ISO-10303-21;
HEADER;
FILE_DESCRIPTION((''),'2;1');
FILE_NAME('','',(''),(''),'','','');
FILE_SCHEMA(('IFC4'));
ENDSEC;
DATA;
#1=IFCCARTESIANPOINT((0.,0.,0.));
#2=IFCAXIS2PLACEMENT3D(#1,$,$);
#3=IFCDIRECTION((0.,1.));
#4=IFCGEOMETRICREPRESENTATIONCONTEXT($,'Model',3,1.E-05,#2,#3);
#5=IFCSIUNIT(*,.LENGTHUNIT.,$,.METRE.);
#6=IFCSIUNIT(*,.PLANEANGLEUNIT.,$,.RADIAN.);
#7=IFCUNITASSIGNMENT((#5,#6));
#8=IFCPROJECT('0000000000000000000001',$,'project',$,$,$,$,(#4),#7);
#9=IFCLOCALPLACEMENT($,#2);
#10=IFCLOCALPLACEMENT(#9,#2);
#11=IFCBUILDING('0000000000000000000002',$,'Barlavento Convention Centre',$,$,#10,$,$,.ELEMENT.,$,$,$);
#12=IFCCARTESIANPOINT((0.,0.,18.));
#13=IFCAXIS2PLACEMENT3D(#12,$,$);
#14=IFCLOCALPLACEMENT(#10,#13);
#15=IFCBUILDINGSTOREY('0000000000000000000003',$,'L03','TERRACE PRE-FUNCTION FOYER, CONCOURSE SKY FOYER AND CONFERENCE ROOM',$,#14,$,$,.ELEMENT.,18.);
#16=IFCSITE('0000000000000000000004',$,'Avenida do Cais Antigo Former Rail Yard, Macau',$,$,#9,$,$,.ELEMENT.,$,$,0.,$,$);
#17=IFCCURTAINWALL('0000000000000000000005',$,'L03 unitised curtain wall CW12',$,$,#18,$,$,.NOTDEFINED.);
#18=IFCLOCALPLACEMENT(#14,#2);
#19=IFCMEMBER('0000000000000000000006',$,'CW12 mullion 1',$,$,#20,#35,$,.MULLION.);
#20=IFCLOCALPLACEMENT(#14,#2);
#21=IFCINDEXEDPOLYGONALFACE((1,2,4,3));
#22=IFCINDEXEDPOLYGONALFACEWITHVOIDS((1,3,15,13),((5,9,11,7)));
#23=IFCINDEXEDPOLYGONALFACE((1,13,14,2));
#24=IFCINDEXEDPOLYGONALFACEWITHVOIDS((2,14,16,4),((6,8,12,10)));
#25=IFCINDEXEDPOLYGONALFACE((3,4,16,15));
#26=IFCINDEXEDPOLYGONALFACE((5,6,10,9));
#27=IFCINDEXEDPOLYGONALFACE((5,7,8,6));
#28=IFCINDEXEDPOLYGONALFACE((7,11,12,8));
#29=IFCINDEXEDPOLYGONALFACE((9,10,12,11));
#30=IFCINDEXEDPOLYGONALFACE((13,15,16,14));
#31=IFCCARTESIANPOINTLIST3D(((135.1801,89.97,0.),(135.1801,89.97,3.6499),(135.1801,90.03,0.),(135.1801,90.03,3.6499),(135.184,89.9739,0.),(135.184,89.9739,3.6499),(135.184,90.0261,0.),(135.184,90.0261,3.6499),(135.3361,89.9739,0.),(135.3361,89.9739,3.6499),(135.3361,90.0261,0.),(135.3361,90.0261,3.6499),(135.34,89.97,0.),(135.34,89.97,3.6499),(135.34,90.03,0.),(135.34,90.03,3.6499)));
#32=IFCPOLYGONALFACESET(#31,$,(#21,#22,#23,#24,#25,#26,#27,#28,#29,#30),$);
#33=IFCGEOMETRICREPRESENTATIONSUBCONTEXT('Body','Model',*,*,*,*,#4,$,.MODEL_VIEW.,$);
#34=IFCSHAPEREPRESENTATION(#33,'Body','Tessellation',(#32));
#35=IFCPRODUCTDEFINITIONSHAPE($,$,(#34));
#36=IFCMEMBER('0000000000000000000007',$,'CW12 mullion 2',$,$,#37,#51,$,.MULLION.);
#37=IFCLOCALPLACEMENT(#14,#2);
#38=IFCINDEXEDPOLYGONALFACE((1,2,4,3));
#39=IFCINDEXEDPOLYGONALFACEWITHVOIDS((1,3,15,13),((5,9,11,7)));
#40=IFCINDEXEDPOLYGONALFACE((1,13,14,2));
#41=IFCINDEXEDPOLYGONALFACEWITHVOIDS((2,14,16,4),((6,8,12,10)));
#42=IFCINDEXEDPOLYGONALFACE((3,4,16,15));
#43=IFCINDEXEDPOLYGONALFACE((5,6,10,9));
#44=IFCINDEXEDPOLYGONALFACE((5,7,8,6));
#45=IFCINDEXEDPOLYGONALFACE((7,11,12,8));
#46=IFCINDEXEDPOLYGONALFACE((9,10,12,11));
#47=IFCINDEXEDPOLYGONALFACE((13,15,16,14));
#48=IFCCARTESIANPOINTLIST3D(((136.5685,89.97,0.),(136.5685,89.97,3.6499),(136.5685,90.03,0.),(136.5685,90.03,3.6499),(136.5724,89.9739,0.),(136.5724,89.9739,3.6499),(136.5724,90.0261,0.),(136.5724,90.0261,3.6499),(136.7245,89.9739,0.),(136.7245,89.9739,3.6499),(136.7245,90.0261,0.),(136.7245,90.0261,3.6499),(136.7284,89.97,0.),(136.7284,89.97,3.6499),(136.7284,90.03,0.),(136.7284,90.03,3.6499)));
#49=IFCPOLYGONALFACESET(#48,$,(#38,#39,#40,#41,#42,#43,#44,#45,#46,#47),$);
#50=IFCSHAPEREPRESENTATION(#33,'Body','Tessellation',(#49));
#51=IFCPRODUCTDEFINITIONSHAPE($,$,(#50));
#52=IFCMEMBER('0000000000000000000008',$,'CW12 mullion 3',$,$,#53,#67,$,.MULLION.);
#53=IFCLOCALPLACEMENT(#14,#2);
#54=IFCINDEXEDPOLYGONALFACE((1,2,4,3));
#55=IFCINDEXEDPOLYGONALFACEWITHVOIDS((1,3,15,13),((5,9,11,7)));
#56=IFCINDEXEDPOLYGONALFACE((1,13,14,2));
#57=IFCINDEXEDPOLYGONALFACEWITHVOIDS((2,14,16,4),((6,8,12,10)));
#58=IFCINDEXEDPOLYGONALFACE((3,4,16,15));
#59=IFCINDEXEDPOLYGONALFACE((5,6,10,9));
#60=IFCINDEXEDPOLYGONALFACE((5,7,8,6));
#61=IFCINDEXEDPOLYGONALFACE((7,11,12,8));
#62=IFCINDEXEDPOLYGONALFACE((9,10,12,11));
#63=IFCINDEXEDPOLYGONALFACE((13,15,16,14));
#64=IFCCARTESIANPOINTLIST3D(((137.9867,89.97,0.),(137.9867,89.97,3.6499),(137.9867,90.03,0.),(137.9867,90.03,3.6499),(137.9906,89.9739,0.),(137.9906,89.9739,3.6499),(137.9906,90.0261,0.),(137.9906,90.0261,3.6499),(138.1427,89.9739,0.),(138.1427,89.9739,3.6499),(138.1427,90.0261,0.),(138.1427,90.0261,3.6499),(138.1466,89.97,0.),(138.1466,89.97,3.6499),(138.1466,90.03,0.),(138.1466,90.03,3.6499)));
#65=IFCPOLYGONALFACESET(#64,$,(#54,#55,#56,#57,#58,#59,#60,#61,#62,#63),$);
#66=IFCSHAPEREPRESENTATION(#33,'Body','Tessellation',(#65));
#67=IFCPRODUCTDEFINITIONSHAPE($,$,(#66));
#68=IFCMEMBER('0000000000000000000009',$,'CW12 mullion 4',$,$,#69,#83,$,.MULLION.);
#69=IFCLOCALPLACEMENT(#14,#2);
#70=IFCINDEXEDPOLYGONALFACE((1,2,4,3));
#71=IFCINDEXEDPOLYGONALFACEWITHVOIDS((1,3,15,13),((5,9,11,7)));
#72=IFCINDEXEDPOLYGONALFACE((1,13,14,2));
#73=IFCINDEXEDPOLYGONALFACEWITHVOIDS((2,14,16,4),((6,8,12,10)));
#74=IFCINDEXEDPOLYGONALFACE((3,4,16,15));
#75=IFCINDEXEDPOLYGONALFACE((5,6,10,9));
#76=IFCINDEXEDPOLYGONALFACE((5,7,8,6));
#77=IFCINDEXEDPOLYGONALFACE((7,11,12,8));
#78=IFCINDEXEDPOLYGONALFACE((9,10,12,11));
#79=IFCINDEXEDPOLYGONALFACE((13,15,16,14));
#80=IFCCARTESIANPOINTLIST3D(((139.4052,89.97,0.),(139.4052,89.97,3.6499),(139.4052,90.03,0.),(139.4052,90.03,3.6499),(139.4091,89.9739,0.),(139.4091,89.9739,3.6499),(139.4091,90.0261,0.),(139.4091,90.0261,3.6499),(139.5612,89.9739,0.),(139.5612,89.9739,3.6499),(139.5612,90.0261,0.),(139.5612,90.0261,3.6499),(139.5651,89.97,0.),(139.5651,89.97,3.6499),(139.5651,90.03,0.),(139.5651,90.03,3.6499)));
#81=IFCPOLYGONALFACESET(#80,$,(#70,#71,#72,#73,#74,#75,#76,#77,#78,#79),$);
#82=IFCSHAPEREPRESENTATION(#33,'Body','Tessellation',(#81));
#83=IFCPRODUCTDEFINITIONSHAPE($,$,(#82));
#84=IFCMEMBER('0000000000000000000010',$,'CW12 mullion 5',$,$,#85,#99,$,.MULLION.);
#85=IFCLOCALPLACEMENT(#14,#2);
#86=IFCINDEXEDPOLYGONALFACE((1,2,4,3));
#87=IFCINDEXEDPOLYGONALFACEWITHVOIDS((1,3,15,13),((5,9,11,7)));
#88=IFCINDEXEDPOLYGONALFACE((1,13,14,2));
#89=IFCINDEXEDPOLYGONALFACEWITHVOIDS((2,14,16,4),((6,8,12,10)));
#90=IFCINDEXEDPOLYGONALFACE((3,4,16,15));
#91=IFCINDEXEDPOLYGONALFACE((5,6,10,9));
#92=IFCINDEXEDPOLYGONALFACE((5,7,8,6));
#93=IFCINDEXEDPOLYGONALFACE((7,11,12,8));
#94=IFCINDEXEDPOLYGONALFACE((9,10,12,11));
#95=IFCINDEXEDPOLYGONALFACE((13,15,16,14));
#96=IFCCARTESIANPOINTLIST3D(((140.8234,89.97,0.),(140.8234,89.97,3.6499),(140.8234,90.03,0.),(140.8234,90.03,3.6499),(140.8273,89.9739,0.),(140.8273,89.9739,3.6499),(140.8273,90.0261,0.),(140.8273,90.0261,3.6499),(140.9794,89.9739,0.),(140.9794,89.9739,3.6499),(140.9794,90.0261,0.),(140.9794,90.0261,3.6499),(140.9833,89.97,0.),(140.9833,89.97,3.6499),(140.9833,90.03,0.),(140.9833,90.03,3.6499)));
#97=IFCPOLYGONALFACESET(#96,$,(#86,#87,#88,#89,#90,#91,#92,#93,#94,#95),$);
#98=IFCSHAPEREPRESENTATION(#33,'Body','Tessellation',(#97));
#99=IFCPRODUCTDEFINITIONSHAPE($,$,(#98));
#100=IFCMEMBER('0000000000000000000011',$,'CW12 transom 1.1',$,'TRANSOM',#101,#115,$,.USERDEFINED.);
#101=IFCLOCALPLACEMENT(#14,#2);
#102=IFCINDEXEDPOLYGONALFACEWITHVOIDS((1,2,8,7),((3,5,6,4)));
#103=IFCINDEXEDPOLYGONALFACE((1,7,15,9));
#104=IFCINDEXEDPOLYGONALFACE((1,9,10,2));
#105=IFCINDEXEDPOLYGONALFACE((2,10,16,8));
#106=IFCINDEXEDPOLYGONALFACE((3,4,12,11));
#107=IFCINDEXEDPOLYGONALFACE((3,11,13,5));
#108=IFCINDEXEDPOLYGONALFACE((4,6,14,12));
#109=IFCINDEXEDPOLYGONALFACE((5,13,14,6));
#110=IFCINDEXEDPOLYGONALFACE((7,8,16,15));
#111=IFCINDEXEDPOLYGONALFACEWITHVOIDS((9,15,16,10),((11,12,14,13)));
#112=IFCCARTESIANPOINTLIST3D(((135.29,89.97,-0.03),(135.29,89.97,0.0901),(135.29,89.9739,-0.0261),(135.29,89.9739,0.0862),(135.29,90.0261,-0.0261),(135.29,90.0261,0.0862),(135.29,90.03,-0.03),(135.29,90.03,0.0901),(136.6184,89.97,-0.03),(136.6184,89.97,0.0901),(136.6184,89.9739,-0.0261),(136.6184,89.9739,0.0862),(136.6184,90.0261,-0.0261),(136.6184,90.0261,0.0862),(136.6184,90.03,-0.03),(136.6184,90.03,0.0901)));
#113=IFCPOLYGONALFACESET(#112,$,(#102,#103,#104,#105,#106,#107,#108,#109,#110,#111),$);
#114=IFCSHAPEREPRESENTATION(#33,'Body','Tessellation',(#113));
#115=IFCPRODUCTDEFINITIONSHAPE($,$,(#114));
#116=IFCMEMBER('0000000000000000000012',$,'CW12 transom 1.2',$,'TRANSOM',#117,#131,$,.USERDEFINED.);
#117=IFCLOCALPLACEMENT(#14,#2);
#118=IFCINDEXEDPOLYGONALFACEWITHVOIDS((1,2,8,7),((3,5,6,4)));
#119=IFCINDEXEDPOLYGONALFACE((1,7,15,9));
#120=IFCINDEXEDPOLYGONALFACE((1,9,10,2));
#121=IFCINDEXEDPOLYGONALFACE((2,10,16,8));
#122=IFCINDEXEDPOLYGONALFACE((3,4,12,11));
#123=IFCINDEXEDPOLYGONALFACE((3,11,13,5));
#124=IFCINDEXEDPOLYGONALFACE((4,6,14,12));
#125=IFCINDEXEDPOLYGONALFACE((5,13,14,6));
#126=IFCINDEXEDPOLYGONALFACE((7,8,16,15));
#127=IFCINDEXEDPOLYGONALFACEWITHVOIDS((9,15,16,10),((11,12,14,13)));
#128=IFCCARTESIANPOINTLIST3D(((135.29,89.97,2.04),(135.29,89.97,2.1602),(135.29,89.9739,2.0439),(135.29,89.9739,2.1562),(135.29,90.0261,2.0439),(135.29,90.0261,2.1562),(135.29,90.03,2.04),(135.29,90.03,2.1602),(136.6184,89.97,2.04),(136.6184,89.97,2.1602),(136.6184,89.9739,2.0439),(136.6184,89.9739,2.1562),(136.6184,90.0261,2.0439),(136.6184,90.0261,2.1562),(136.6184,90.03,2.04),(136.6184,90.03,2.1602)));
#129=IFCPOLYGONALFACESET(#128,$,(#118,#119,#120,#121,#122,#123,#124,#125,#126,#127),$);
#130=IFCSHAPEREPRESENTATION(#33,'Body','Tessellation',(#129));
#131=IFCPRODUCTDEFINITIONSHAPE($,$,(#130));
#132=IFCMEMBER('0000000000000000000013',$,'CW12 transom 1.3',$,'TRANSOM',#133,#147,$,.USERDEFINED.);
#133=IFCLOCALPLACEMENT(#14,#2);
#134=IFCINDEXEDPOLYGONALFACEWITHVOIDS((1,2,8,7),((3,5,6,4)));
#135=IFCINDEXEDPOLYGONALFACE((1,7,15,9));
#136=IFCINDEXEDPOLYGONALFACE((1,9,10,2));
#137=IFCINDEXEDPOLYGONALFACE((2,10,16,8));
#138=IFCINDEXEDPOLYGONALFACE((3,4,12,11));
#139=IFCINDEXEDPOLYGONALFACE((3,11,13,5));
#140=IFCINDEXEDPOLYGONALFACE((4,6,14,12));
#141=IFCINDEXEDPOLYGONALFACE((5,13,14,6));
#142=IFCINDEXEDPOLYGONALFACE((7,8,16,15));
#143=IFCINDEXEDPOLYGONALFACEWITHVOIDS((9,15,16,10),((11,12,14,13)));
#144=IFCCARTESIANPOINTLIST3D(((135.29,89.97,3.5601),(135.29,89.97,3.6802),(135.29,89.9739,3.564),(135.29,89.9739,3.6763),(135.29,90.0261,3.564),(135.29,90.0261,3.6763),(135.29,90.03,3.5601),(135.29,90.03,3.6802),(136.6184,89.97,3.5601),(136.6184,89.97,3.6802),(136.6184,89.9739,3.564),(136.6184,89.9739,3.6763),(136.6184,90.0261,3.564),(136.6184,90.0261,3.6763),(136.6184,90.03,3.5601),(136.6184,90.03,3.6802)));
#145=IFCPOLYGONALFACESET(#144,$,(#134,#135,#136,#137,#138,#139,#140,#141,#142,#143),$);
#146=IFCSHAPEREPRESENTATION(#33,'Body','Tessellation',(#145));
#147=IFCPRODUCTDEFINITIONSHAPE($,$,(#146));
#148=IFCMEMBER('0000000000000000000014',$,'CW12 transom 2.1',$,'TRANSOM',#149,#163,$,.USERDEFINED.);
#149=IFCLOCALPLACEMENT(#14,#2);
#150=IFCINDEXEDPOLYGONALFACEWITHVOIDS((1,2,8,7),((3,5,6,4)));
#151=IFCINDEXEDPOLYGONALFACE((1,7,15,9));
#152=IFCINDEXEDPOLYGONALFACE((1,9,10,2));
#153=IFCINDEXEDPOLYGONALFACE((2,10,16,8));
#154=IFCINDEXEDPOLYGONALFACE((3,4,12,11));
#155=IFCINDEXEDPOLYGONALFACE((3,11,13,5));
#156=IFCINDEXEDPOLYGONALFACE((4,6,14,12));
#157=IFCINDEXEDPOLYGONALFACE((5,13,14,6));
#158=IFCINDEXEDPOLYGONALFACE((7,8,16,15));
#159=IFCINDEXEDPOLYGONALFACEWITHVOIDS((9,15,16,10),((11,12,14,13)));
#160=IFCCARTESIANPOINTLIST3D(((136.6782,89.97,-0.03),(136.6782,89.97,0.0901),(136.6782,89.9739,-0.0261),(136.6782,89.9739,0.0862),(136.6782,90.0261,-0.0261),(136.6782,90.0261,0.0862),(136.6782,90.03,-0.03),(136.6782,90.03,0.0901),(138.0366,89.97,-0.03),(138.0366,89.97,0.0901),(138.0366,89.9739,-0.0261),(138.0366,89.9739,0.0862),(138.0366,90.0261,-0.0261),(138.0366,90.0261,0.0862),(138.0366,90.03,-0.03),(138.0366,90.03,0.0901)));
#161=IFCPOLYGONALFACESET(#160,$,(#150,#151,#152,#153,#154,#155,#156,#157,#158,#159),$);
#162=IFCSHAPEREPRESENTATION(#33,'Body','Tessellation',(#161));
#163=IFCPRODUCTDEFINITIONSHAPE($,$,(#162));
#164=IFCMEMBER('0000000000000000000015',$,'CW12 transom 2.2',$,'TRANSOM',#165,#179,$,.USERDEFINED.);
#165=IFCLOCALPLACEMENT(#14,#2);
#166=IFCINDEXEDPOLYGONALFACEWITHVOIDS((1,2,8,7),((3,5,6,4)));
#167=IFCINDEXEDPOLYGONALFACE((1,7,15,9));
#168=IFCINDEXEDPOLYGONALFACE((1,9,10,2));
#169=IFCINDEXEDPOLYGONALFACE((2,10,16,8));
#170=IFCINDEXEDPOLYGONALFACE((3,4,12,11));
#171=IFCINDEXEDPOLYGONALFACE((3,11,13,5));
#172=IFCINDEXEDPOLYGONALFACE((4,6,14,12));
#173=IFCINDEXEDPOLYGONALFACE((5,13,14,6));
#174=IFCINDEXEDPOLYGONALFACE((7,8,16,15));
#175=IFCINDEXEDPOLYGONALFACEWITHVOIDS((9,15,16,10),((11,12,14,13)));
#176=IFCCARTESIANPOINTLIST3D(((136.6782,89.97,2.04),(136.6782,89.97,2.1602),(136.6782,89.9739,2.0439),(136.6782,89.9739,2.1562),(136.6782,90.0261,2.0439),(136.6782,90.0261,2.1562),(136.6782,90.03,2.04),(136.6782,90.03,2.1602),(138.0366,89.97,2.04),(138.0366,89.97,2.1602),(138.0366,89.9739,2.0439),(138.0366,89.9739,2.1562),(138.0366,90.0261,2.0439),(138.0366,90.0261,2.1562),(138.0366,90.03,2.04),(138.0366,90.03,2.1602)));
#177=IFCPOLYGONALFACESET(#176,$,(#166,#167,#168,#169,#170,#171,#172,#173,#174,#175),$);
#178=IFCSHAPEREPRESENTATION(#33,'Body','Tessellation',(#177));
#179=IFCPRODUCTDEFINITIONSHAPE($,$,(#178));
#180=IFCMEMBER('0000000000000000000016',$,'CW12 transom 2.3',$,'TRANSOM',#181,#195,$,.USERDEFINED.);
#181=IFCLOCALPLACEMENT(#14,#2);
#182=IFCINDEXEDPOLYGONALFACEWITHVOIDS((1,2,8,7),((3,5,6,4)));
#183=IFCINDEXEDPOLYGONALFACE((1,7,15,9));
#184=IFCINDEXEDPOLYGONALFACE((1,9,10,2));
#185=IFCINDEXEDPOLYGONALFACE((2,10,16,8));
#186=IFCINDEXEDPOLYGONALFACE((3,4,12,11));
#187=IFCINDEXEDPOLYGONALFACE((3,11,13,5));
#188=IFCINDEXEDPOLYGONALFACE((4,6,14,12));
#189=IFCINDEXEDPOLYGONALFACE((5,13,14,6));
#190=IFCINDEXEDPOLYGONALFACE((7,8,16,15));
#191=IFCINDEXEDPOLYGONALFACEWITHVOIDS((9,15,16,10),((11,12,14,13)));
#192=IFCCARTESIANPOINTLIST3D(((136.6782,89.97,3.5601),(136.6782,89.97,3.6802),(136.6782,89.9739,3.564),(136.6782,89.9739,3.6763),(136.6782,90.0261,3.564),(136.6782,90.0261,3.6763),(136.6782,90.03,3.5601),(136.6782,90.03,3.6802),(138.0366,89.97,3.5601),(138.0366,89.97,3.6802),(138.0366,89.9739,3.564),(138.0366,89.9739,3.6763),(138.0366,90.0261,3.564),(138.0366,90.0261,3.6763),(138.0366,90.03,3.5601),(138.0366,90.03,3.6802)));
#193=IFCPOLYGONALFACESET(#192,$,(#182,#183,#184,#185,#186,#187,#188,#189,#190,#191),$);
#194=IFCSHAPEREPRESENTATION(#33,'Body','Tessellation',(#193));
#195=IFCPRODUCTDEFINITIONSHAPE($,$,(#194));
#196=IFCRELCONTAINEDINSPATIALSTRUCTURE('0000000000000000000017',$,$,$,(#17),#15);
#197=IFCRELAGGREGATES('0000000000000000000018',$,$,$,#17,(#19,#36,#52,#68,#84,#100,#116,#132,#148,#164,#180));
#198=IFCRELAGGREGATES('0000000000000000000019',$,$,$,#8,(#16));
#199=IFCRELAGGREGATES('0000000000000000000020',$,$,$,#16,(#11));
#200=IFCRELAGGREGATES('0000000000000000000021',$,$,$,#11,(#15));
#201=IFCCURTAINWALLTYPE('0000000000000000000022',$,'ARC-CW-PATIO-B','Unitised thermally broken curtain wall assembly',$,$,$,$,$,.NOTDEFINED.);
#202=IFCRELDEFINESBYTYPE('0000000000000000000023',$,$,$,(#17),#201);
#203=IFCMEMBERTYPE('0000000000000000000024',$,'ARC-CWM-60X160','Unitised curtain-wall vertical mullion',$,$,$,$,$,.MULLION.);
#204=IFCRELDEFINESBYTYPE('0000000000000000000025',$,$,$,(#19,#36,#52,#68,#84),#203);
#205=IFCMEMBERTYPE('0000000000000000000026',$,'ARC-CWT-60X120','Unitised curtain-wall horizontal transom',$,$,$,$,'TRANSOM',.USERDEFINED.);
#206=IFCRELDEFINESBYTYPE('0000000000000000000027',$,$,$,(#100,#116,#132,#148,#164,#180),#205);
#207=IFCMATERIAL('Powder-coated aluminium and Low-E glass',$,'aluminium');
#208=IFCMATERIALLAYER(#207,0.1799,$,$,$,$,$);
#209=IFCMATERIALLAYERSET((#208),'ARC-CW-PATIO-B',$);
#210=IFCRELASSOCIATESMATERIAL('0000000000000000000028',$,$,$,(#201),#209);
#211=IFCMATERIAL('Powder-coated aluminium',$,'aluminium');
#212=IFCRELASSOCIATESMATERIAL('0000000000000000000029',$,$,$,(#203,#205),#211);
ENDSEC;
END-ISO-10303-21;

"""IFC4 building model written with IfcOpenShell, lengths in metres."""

from ifc_helpers import new_model, si_unit, direction, frame, origin, origin_2d, place, context, subcontext, project, spatial, hollow_rectangle, extrude, material, layer, layer_set, material_profile, profile_set, type_object, element, aggregate, save


model = new_model("IFC4")

# Units and contexts
model_context = context("Model", 3, precision=1e-05, world=origin(), true_north=direction((0.0, 1.0)))
body_context = subcontext(model_context, "Body", "Model", "MODEL_VIEW")
ifc_project = project(units=[si_unit("LENGTHUNIT", "METRE"), si_unit("PLANEANGLEUNIT", "RADIAN")], contexts=[model_context])

# Site, building, storey
site_placement = place(None, origin())
site = spatial("IfcSite", under=ifc_project, at=site_placement, Name="Avenida do Cais Antigo Former Rail Yard, Macau", CompositionType="ELEMENT", RefElevation=0.0)
building_placement = place(site_placement, origin())
building = spatial("IfcBuilding", under=site, at=building_placement, Name="Barlavento Convention Centre", CompositionType="ELEMENT")
storey_placement = place(building_placement, frame((0.0, 0.0, 18.0)))
storey = spatial("IfcBuildingStorey", under=building, at=storey_placement, Name="L03", Description="TERRACE PRE-FUNCTION FOYER, CONCOURSE SKY FOYER AND CONFERENCE ROOM", CompositionType="ELEMENT", Elevation=18.0)

# Curtain wall, members
ifc_material_1 = material(Name="Powder-coated aluminium and Low-E glass", Category="aluminium")
ifc_layer_1 = layer(ifc_material_1, 0.1799)
ifc_layer_set_1 = layer_set([ifc_layer_1], Name="ARC-CW-PATIO-B")
curtain_wall_type = type_object("IfcCurtainWallType", Name="ARC-CW-PATIO-B", Description="Unitised thermally broken curtain wall assembly", PredefinedType="NOTDEFINED", material=ifc_layer_set_1)
curtain_wall_placement = place(storey_placement, origin())
curtain_wall = element("IfcCurtainWall", 1, at=curtain_wall_placement, inside=storey, type_object=curtain_wall_type, Name="L03 unitised curtain wall CW12", PredefinedType="NOTDEFINED")
ifc_material_2 = material(Name="Powder-coated aluminium", Category="aluminium")
ifc_material_profile_1 = material_profile(ifc_material_2, hollow_rectangle(XDim=0.0601, YDim=0.1599, WallThickness=0.0039, at=origin_2d()), Name="AL-MULL 60x160x4")
ifc_profile_set_1 = profile_set([ifc_material_profile_1], Name="Powder-coated aluminium")
member_type_1 = type_object("IfcMemberType", Name="ARC-CWM-60X160", Description="Unitised curtain-wall vertical mullion", PredefinedType="MULLION", material=ifc_profile_set_1)
member_1_placement = place(storey_placement, frame((135.26, 90.0, 0.0), z_axis=(0.0, 0.0, 1.0), x_axis=(0.0, 1.0, 0.0)))
member_1 = element("IfcMember", 2, at=member_1_placement, type_object=member_type_1, Name="CW12 mullion 1", PredefinedType="MULLION", context=body_context, shape_type="SweptSolid", body=[
    extrude(hollow_rectangle(XDim=0.0601, YDim=0.1599, WallThickness=0.0039, at=origin_2d()), origin(), (0.0, 0.0, 1.0), 3.6499),
])
member_2_placement = place(storey_placement, frame((136.6484, 90.0, 0.0), z_axis=(0.0, 0.0, 1.0), x_axis=(0.0, 1.0, 0.0)))
member_2 = element("IfcMember", 3, at=member_2_placement, type_object=member_type_1, Name="CW12 mullion 2", PredefinedType="MULLION", context=body_context, shape_type="SweptSolid", body=[
    extrude(hollow_rectangle(XDim=0.0601, YDim=0.1599, WallThickness=0.0039, at=origin_2d()), origin(), (0.0, 0.0, 1.0), 3.6499),
])
member_3_placement = place(storey_placement, frame((138.0667, 90.0, 0.0), z_axis=(0.0, 0.0, 1.0), x_axis=(0.0, 1.0, 0.0)))
member_3 = element("IfcMember", 4, at=member_3_placement, type_object=member_type_1, Name="CW12 mullion 3", PredefinedType="MULLION", context=body_context, shape_type="SweptSolid", body=[
    extrude(hollow_rectangle(XDim=0.0601, YDim=0.1599, WallThickness=0.0039, at=origin_2d()), origin(), (0.0, 0.0, 1.0), 3.6499),
])
member_4_placement = place(storey_placement, frame((139.4851, 90.0, 0.0), z_axis=(0.0, 0.0, 1.0), x_axis=(0.0, 1.0, 0.0)))
member_4 = element("IfcMember", 5, at=member_4_placement, type_object=member_type_1, Name="CW12 mullion 4", PredefinedType="MULLION", context=body_context, shape_type="SweptSolid", body=[
    extrude(hollow_rectangle(XDim=0.0601, YDim=0.1599, WallThickness=0.0039, at=origin_2d()), origin(), (0.0, 0.0, 1.0), 3.6499),
])
member_5_placement = place(storey_placement, frame((140.9033, 90.0, 0.0), z_axis=(0.0, 0.0, 1.0), x_axis=(0.0, 1.0, 0.0)))
member_5 = element("IfcMember", 6, at=member_5_placement, type_object=member_type_1, Name="CW12 mullion 5", PredefinedType="MULLION", context=body_context, shape_type="SweptSolid", body=[
    extrude(hollow_rectangle(XDim=0.0601, YDim=0.1599, WallThickness=0.0039, at=origin_2d()), origin(), (0.0, 0.0, 1.0), 3.6499),
])
ifc_material_profile_2 = material_profile(ifc_material_2, hollow_rectangle(XDim=0.0601, YDim=0.1201, WallThickness=0.0039, at=origin_2d()), Name="AL-TRAN 60x120x4")
ifc_profile_set_2 = profile_set([ifc_material_profile_2], Name="Powder-coated aluminium")
member_type_2 = type_object("IfcMemberType", Name="ARC-CWT-60X120", Description="Unitised curtain-wall horizontal transom", ElementType="TRANSOM", PredefinedType="USERDEFINED", material=ifc_profile_set_2)
member_6_placement = place(storey_placement, frame((135.29, 90.0, 0.03), z_axis=(1.0, 0.0, 0.0), x_axis=(0.0, 1.0, 0.0)))
member_6 = element("IfcMember", 7, at=member_6_placement, type_object=member_type_2, Name="CW12 transom 1.1", ObjectType="TRANSOM", PredefinedType="USERDEFINED", context=body_context, shape_type="SweptSolid", body=[
    extrude(hollow_rectangle(XDim=0.0601, YDim=0.1201, WallThickness=0.0039, at=origin_2d()), origin(), (0.0, 0.0, 1.0), 1.3284),
])
member_7_placement = place(storey_placement, frame((135.29, 90.0, 2.1001), z_axis=(1.0, 0.0, 0.0), x_axis=(0.0, 1.0, 0.0)))
member_7 = element("IfcMember", 8, at=member_7_placement, type_object=member_type_2, Name="CW12 transom 1.2", ObjectType="TRANSOM", PredefinedType="USERDEFINED", context=body_context, shape_type="SweptSolid", body=[
    extrude(hollow_rectangle(XDim=0.0601, YDim=0.1201, WallThickness=0.0039, at=origin_2d()), origin(), (0.0, 0.0, 1.0), 1.3284),
])
member_8_placement = place(storey_placement, frame((135.29, 90.0, 3.6201), z_axis=(1.0, 0.0, 0.0), x_axis=(0.0, 1.0, 0.0)))
member_8 = element("IfcMember", 9, at=member_8_placement, type_object=member_type_2, Name="CW12 transom 1.3", ObjectType="TRANSOM", PredefinedType="USERDEFINED", context=body_context, shape_type="SweptSolid", body=[
    extrude(hollow_rectangle(XDim=0.0601, YDim=0.1201, WallThickness=0.0039, at=origin_2d()), origin(), (0.0, 0.0, 1.0), 1.3284),
])
member_9_placement = place(storey_placement, frame((136.6782, 90.0, 0.03), z_axis=(1.0, 0.0, 0.0), x_axis=(0.0, 1.0, 0.0)))
member_9 = element("IfcMember", 10, at=member_9_placement, type_object=member_type_2, Name="CW12 transom 2.1", ObjectType="TRANSOM", PredefinedType="USERDEFINED", context=body_context, shape_type="SweptSolid", body=[
    extrude(hollow_rectangle(XDim=0.0601, YDim=0.1201, WallThickness=0.0039, at=origin_2d()), origin(), (0.0, 0.0, 1.0), 1.3584),
])
member_10_placement = place(storey_placement, frame((136.6782, 90.0, 2.1001), z_axis=(1.0, 0.0, 0.0), x_axis=(0.0, 1.0, 0.0)))
member_10 = element("IfcMember", 11, at=member_10_placement, type_object=member_type_2, Name="CW12 transom 2.2", ObjectType="TRANSOM", PredefinedType="USERDEFINED", context=body_context, shape_type="SweptSolid", body=[
    extrude(hollow_rectangle(XDim=0.0601, YDim=0.1201, WallThickness=0.0039, at=origin_2d()), origin(), (0.0, 0.0, 1.0), 1.3584),
])
member_11_placement = place(storey_placement, frame((136.6782, 90.0, 3.6201), z_axis=(1.0, 0.0, 0.0), x_axis=(0.0, 1.0, 0.0)))
member_11 = element("IfcMember", 12, at=member_11_placement, type_object=member_type_2, Name="CW12 transom 2.3", ObjectType="TRANSOM", PredefinedType="USERDEFINED", context=body_context, shape_type="SweptSolid", body=[
    extrude(hollow_rectangle(XDim=0.0601, YDim=0.1201, WallThickness=0.0039, at=origin_2d()), origin(), (0.0, 0.0, 1.0), 1.3584),
])
aggregate(curtain_wall, [member_1, member_2, member_3, member_4, member_5, member_6, member_7, member_8, member_9, member_10, member_11])

save(model, "model.ifc")
